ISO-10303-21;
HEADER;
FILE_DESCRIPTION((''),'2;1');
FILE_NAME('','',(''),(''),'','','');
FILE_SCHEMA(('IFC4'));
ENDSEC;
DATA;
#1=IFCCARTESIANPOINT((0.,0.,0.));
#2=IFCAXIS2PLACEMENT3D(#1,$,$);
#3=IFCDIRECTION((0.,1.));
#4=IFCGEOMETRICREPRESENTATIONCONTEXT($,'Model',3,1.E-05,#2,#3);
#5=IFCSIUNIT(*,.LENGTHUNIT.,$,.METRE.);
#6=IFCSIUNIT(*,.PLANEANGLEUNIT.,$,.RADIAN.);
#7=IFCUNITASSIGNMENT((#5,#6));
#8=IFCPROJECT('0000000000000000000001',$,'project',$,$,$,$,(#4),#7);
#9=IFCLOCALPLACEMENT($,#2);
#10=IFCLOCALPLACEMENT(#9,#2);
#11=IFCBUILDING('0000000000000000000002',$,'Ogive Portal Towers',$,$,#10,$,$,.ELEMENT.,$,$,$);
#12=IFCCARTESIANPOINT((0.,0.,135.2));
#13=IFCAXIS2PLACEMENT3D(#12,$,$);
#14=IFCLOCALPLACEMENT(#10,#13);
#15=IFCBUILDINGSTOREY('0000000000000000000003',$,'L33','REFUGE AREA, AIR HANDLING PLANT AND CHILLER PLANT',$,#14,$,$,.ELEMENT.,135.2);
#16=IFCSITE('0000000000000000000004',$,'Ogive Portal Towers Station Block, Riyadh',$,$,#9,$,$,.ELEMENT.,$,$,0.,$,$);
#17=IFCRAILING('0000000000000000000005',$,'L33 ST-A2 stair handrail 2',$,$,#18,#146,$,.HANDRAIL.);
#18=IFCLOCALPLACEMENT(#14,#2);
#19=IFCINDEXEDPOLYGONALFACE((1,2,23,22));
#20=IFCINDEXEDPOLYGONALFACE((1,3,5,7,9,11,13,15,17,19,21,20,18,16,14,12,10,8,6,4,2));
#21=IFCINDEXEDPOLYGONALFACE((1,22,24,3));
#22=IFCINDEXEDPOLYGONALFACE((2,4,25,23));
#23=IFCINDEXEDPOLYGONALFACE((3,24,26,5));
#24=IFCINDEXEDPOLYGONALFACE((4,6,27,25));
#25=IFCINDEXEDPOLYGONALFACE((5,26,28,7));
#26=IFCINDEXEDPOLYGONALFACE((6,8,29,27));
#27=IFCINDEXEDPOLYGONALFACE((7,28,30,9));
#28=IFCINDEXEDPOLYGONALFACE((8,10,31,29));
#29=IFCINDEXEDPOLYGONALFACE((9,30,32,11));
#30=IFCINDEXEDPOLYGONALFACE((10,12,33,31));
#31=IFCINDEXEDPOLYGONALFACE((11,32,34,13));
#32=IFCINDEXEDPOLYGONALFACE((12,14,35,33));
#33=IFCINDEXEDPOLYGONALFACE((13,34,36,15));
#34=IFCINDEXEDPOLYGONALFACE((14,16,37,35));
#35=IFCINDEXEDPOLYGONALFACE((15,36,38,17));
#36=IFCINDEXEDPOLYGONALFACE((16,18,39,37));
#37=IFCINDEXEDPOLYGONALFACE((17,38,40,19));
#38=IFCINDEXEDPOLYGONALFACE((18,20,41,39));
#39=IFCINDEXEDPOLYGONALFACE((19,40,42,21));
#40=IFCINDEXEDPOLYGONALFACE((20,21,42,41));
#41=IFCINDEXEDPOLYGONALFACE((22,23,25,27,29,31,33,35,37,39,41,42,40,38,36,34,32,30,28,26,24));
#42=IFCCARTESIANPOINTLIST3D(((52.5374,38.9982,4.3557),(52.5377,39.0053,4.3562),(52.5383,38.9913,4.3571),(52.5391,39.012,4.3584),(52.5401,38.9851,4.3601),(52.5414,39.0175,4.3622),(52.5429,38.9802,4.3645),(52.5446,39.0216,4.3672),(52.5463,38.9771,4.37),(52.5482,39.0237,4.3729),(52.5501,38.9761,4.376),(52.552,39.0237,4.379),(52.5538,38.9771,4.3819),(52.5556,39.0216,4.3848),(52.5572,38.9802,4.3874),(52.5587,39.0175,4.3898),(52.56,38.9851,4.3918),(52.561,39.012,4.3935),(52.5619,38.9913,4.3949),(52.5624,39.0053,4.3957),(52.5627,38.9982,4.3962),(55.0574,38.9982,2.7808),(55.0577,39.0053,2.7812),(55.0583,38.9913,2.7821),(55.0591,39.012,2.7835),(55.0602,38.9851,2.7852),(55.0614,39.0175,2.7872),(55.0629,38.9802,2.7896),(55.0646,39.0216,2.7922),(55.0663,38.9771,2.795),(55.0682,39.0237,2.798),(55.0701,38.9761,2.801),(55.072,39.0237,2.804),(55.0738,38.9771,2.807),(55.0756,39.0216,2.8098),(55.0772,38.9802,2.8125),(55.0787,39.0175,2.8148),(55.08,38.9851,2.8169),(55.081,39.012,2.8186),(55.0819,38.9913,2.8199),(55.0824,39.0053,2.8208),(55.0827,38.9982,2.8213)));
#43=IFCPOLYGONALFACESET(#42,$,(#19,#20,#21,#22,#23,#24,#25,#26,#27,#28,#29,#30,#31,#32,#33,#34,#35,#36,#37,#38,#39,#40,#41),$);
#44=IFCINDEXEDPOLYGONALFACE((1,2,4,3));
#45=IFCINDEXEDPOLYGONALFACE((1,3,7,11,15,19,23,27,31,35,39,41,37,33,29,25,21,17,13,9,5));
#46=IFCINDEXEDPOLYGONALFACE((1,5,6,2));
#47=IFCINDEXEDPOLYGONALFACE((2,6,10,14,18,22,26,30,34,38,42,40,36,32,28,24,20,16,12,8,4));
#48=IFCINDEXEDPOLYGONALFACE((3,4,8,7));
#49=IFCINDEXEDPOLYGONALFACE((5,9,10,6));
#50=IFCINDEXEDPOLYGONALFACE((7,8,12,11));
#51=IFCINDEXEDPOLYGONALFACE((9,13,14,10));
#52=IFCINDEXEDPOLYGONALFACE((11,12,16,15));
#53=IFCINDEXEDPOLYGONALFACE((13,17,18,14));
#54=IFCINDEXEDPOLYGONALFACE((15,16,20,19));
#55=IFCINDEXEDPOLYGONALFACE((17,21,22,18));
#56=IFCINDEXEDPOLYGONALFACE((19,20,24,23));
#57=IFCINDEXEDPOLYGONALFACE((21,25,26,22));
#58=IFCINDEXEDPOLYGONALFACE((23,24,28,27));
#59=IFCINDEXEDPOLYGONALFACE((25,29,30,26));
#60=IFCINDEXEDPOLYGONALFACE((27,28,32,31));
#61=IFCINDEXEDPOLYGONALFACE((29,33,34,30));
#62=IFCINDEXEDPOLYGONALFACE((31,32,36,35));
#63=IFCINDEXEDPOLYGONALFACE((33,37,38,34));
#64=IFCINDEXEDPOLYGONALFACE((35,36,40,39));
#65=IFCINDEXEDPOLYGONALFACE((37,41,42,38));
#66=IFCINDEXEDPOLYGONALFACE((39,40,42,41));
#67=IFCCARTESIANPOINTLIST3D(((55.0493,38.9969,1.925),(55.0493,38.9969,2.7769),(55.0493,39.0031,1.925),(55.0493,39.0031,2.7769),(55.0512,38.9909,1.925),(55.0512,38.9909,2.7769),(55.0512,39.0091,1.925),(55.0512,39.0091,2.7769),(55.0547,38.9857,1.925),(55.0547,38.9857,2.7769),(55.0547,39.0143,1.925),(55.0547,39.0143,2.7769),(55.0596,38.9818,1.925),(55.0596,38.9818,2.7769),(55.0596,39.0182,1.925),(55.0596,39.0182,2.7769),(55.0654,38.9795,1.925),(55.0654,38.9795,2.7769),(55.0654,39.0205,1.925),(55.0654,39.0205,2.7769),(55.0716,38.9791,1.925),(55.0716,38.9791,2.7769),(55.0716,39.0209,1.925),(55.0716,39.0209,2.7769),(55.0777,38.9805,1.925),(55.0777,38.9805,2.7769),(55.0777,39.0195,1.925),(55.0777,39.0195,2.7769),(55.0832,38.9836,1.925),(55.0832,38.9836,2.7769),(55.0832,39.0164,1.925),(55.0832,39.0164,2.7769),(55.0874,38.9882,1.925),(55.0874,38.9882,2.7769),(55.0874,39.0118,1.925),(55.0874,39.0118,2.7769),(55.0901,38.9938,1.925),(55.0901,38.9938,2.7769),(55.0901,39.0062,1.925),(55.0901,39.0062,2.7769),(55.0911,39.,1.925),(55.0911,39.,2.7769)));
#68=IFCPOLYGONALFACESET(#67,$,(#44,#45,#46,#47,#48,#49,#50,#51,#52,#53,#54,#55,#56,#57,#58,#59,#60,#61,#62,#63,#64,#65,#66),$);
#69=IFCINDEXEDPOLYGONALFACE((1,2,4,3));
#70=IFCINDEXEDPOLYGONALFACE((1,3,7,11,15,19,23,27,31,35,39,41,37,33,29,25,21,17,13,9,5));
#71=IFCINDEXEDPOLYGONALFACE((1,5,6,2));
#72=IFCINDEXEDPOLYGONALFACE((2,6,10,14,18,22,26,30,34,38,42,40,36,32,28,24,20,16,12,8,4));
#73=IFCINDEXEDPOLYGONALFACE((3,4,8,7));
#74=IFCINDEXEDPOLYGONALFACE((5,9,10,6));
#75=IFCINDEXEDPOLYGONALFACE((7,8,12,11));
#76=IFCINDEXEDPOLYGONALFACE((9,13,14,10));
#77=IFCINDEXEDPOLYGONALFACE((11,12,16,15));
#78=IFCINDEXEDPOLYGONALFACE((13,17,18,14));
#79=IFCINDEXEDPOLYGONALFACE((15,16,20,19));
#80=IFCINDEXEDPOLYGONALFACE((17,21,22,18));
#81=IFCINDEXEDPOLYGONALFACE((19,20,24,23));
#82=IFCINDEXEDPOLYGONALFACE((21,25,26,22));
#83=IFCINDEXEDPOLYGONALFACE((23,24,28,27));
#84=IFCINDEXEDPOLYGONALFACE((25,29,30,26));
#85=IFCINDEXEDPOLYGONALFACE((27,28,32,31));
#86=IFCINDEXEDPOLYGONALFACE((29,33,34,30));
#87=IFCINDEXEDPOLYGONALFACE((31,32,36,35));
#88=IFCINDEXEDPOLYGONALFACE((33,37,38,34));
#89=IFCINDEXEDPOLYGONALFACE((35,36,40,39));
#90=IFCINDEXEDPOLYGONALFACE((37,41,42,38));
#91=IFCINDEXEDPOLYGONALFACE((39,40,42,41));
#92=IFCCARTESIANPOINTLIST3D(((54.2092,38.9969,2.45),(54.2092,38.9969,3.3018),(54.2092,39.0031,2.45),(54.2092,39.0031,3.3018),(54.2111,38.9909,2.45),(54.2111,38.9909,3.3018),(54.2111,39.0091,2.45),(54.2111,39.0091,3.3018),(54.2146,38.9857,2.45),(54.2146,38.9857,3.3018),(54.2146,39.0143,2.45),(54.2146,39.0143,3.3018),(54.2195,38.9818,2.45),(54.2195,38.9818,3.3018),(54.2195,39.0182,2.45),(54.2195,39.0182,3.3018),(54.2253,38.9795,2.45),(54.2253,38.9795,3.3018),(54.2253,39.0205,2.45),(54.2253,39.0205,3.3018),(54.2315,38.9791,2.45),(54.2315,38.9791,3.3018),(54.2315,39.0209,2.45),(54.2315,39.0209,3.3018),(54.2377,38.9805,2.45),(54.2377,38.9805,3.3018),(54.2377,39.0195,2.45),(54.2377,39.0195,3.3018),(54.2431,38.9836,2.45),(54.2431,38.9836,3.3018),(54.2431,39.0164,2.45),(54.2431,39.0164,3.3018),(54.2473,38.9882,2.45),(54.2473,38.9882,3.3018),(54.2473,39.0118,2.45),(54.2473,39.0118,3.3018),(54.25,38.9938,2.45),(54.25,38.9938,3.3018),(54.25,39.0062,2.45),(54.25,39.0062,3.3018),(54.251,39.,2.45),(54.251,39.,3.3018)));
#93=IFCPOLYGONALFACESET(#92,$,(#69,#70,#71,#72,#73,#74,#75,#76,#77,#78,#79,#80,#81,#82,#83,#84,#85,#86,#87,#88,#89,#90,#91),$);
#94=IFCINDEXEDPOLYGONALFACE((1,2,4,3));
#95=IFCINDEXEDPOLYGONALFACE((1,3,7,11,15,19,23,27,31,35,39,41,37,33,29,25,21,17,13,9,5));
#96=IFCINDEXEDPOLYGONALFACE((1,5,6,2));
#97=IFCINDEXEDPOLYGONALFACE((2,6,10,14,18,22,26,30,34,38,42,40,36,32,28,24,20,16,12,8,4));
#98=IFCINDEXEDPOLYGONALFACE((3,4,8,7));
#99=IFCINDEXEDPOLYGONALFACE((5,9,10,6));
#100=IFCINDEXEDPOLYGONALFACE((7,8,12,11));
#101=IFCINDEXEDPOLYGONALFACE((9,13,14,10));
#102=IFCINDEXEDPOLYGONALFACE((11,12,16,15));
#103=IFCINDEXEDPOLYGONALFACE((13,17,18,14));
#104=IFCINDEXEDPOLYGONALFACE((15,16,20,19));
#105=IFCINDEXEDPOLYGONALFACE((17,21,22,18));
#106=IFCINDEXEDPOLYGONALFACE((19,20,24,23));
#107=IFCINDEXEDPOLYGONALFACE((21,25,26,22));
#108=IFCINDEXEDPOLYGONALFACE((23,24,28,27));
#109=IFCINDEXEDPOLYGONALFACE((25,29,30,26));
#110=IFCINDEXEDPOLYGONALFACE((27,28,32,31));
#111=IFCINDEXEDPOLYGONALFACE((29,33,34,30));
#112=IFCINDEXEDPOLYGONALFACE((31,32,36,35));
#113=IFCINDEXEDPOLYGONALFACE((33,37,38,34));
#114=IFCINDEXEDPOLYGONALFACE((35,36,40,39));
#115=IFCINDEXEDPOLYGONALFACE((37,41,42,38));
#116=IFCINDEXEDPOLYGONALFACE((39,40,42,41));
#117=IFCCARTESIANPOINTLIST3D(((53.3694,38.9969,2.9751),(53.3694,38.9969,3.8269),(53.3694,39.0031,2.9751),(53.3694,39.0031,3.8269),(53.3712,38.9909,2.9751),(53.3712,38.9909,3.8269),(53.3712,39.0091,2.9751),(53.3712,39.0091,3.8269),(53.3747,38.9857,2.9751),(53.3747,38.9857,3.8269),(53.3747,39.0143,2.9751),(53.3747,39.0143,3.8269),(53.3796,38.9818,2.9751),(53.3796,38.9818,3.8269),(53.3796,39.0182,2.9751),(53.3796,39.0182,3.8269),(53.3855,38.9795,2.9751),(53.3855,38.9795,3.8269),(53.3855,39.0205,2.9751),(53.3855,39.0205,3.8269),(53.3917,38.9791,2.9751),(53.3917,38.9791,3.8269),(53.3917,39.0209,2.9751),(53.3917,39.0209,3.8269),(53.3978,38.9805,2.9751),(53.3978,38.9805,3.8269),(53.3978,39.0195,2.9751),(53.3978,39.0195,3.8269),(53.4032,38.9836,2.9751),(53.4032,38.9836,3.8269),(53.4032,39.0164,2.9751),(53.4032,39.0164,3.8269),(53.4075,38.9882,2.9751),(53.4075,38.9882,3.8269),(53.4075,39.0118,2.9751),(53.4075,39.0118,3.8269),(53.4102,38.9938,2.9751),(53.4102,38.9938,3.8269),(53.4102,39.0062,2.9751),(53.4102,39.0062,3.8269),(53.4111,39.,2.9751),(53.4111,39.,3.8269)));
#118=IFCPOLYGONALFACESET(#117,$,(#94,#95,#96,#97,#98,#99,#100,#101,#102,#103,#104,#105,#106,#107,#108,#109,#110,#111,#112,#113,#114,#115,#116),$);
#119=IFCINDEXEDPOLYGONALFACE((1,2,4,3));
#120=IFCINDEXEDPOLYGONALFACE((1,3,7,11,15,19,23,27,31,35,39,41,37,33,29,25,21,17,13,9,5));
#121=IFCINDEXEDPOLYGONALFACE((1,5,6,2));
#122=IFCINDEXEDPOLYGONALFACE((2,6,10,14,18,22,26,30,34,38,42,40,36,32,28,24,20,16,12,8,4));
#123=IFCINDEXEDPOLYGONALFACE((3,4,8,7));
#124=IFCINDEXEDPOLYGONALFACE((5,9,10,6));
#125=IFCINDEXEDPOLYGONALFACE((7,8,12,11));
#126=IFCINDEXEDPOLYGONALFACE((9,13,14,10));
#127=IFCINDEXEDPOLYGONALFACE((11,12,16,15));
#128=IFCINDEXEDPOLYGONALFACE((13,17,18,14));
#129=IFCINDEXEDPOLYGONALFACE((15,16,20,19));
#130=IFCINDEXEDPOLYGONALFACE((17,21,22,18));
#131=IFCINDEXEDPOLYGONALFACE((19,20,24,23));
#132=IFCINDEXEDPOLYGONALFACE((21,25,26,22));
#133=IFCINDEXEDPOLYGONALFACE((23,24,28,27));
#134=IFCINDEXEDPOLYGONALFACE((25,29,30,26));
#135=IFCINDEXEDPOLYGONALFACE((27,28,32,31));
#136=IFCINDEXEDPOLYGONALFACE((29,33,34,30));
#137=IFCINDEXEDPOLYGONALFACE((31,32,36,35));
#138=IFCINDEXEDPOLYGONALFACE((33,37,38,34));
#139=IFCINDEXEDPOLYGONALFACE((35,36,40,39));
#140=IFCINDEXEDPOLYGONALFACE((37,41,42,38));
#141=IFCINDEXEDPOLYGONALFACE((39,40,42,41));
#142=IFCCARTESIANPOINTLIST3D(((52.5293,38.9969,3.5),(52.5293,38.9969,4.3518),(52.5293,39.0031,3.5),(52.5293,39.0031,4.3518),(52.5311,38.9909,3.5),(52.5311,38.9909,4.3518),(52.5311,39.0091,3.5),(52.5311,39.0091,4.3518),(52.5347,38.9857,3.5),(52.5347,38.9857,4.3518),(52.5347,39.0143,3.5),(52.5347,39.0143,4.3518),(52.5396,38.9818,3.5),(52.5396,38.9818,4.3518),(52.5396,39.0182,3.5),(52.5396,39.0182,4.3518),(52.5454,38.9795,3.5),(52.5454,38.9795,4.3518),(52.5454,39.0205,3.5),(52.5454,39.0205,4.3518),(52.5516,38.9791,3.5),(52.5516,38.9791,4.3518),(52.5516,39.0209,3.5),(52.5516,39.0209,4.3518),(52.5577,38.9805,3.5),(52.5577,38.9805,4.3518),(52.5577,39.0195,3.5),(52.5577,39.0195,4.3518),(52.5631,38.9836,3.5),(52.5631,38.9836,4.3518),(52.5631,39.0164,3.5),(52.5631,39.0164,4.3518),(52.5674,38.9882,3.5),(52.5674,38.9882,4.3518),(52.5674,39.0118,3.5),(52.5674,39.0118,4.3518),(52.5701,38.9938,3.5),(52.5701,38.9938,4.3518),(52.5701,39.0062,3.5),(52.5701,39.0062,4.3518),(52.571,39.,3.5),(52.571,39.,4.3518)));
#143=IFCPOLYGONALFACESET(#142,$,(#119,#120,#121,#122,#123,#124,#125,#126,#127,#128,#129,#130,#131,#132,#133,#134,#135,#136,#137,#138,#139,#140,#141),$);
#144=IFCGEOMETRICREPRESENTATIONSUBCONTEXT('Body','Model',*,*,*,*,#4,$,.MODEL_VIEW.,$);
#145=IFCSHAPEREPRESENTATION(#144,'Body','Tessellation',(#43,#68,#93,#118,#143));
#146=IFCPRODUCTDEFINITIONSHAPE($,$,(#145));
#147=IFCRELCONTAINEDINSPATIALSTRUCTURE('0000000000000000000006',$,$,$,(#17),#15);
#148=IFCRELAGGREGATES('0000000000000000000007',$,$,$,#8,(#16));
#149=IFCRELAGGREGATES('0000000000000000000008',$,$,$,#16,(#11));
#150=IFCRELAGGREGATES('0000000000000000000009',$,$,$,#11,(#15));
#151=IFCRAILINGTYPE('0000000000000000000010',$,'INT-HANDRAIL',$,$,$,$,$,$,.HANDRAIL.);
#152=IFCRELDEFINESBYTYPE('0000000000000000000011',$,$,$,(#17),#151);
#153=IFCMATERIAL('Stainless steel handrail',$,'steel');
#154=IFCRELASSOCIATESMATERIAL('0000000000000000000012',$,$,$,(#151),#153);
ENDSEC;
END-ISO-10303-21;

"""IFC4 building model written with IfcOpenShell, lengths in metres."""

from ifc_helpers import new_model, si_unit, direction, frame, origin, origin_2d, place, context, subcontext, project, spatial, circle, extrude, material, type_object, element, save


model = new_model("IFC4")

# Units and contexts
model_context = context("Model", 3, precision=1e-05, world=origin(), true_north=direction((0.0, 1.0)))
body_context = subcontext(model_context, "Body", "Model", "MODEL_VIEW")
ifc_project = project(units=[si_unit("LENGTHUNIT", "METRE"), si_unit("PLANEANGLEUNIT", "RADIAN")], contexts=[model_context])

# Site, building, storey
site_placement = place(None, origin())
site = spatial("IfcSite", under=ifc_project, at=site_placement, Name="Ogive Portal Towers Station Block, Riyadh", CompositionType="ELEMENT", RefElevation=0.0)
building_placement = place(site_placement, origin())
building = spatial("IfcBuilding", under=site, at=building_placement, Name="Ogive Portal Towers", CompositionType="ELEMENT")
storey_placement = place(building_placement, frame((0.0, 0.0, 135.2)))
storey = spatial("IfcBuildingStorey", under=building, at=storey_placement, Name="L33", Description="REFUGE AREA, AIR HANDLING PLANT AND CHILLER PLANT", CompositionType="ELEMENT", Elevation=135.2)

# Railing
ifc_material_1 = material(Name="Stainless steel handrail", Category="steel")
railing_type_1 = type_object("IfcRailingType", Name="INT-HANDRAIL", PredefinedType="HANDRAIL", material=ifc_material_1)
for number, where, name in (
    (1, (55.0701, 39.0, 1.925), "L33 ST-A2 stair handrail 2"),
):
    element("IfcRailing", number, at=place(storey_placement, frame(where)), inside=storey, type_object=railing_type_1, Name=name, PredefinedType="HANDRAIL", context=body_context, shape_type="SweptSolid", body=[
        extrude(circle(Radius=0.0239, at=origin_2d()), frame((0.0, 0.0, 0.876), z_axis=(-0.848008, 0.0, 0.529984), x_axis=(0.0, -1.0, 0.0)), (0.0, 0.0, 1.0), 2.9717),
        extrude(circle(Radius=0.021, at=origin_2d()), origin(), (0.0, 0.0, 1.0), 0.8518),
        extrude(circle(Radius=0.021, at=origin_2d()), frame((-0.8401, 0.0, 0.5249)), (0.0, 0.0, 1.0), 0.8518),
        extrude(circle(Radius=0.021, at=origin_2d()), frame((-1.6799, 0.0, 1.05)), (0.0, 0.0, 1.0), 0.8518),
        extrude(circle(Radius=0.021, at=origin_2d()), frame((-2.52, 0.0, 1.575)), (0.0, 0.0, 1.0), 0.8518),
    ])

save(model, "model.ifc")
